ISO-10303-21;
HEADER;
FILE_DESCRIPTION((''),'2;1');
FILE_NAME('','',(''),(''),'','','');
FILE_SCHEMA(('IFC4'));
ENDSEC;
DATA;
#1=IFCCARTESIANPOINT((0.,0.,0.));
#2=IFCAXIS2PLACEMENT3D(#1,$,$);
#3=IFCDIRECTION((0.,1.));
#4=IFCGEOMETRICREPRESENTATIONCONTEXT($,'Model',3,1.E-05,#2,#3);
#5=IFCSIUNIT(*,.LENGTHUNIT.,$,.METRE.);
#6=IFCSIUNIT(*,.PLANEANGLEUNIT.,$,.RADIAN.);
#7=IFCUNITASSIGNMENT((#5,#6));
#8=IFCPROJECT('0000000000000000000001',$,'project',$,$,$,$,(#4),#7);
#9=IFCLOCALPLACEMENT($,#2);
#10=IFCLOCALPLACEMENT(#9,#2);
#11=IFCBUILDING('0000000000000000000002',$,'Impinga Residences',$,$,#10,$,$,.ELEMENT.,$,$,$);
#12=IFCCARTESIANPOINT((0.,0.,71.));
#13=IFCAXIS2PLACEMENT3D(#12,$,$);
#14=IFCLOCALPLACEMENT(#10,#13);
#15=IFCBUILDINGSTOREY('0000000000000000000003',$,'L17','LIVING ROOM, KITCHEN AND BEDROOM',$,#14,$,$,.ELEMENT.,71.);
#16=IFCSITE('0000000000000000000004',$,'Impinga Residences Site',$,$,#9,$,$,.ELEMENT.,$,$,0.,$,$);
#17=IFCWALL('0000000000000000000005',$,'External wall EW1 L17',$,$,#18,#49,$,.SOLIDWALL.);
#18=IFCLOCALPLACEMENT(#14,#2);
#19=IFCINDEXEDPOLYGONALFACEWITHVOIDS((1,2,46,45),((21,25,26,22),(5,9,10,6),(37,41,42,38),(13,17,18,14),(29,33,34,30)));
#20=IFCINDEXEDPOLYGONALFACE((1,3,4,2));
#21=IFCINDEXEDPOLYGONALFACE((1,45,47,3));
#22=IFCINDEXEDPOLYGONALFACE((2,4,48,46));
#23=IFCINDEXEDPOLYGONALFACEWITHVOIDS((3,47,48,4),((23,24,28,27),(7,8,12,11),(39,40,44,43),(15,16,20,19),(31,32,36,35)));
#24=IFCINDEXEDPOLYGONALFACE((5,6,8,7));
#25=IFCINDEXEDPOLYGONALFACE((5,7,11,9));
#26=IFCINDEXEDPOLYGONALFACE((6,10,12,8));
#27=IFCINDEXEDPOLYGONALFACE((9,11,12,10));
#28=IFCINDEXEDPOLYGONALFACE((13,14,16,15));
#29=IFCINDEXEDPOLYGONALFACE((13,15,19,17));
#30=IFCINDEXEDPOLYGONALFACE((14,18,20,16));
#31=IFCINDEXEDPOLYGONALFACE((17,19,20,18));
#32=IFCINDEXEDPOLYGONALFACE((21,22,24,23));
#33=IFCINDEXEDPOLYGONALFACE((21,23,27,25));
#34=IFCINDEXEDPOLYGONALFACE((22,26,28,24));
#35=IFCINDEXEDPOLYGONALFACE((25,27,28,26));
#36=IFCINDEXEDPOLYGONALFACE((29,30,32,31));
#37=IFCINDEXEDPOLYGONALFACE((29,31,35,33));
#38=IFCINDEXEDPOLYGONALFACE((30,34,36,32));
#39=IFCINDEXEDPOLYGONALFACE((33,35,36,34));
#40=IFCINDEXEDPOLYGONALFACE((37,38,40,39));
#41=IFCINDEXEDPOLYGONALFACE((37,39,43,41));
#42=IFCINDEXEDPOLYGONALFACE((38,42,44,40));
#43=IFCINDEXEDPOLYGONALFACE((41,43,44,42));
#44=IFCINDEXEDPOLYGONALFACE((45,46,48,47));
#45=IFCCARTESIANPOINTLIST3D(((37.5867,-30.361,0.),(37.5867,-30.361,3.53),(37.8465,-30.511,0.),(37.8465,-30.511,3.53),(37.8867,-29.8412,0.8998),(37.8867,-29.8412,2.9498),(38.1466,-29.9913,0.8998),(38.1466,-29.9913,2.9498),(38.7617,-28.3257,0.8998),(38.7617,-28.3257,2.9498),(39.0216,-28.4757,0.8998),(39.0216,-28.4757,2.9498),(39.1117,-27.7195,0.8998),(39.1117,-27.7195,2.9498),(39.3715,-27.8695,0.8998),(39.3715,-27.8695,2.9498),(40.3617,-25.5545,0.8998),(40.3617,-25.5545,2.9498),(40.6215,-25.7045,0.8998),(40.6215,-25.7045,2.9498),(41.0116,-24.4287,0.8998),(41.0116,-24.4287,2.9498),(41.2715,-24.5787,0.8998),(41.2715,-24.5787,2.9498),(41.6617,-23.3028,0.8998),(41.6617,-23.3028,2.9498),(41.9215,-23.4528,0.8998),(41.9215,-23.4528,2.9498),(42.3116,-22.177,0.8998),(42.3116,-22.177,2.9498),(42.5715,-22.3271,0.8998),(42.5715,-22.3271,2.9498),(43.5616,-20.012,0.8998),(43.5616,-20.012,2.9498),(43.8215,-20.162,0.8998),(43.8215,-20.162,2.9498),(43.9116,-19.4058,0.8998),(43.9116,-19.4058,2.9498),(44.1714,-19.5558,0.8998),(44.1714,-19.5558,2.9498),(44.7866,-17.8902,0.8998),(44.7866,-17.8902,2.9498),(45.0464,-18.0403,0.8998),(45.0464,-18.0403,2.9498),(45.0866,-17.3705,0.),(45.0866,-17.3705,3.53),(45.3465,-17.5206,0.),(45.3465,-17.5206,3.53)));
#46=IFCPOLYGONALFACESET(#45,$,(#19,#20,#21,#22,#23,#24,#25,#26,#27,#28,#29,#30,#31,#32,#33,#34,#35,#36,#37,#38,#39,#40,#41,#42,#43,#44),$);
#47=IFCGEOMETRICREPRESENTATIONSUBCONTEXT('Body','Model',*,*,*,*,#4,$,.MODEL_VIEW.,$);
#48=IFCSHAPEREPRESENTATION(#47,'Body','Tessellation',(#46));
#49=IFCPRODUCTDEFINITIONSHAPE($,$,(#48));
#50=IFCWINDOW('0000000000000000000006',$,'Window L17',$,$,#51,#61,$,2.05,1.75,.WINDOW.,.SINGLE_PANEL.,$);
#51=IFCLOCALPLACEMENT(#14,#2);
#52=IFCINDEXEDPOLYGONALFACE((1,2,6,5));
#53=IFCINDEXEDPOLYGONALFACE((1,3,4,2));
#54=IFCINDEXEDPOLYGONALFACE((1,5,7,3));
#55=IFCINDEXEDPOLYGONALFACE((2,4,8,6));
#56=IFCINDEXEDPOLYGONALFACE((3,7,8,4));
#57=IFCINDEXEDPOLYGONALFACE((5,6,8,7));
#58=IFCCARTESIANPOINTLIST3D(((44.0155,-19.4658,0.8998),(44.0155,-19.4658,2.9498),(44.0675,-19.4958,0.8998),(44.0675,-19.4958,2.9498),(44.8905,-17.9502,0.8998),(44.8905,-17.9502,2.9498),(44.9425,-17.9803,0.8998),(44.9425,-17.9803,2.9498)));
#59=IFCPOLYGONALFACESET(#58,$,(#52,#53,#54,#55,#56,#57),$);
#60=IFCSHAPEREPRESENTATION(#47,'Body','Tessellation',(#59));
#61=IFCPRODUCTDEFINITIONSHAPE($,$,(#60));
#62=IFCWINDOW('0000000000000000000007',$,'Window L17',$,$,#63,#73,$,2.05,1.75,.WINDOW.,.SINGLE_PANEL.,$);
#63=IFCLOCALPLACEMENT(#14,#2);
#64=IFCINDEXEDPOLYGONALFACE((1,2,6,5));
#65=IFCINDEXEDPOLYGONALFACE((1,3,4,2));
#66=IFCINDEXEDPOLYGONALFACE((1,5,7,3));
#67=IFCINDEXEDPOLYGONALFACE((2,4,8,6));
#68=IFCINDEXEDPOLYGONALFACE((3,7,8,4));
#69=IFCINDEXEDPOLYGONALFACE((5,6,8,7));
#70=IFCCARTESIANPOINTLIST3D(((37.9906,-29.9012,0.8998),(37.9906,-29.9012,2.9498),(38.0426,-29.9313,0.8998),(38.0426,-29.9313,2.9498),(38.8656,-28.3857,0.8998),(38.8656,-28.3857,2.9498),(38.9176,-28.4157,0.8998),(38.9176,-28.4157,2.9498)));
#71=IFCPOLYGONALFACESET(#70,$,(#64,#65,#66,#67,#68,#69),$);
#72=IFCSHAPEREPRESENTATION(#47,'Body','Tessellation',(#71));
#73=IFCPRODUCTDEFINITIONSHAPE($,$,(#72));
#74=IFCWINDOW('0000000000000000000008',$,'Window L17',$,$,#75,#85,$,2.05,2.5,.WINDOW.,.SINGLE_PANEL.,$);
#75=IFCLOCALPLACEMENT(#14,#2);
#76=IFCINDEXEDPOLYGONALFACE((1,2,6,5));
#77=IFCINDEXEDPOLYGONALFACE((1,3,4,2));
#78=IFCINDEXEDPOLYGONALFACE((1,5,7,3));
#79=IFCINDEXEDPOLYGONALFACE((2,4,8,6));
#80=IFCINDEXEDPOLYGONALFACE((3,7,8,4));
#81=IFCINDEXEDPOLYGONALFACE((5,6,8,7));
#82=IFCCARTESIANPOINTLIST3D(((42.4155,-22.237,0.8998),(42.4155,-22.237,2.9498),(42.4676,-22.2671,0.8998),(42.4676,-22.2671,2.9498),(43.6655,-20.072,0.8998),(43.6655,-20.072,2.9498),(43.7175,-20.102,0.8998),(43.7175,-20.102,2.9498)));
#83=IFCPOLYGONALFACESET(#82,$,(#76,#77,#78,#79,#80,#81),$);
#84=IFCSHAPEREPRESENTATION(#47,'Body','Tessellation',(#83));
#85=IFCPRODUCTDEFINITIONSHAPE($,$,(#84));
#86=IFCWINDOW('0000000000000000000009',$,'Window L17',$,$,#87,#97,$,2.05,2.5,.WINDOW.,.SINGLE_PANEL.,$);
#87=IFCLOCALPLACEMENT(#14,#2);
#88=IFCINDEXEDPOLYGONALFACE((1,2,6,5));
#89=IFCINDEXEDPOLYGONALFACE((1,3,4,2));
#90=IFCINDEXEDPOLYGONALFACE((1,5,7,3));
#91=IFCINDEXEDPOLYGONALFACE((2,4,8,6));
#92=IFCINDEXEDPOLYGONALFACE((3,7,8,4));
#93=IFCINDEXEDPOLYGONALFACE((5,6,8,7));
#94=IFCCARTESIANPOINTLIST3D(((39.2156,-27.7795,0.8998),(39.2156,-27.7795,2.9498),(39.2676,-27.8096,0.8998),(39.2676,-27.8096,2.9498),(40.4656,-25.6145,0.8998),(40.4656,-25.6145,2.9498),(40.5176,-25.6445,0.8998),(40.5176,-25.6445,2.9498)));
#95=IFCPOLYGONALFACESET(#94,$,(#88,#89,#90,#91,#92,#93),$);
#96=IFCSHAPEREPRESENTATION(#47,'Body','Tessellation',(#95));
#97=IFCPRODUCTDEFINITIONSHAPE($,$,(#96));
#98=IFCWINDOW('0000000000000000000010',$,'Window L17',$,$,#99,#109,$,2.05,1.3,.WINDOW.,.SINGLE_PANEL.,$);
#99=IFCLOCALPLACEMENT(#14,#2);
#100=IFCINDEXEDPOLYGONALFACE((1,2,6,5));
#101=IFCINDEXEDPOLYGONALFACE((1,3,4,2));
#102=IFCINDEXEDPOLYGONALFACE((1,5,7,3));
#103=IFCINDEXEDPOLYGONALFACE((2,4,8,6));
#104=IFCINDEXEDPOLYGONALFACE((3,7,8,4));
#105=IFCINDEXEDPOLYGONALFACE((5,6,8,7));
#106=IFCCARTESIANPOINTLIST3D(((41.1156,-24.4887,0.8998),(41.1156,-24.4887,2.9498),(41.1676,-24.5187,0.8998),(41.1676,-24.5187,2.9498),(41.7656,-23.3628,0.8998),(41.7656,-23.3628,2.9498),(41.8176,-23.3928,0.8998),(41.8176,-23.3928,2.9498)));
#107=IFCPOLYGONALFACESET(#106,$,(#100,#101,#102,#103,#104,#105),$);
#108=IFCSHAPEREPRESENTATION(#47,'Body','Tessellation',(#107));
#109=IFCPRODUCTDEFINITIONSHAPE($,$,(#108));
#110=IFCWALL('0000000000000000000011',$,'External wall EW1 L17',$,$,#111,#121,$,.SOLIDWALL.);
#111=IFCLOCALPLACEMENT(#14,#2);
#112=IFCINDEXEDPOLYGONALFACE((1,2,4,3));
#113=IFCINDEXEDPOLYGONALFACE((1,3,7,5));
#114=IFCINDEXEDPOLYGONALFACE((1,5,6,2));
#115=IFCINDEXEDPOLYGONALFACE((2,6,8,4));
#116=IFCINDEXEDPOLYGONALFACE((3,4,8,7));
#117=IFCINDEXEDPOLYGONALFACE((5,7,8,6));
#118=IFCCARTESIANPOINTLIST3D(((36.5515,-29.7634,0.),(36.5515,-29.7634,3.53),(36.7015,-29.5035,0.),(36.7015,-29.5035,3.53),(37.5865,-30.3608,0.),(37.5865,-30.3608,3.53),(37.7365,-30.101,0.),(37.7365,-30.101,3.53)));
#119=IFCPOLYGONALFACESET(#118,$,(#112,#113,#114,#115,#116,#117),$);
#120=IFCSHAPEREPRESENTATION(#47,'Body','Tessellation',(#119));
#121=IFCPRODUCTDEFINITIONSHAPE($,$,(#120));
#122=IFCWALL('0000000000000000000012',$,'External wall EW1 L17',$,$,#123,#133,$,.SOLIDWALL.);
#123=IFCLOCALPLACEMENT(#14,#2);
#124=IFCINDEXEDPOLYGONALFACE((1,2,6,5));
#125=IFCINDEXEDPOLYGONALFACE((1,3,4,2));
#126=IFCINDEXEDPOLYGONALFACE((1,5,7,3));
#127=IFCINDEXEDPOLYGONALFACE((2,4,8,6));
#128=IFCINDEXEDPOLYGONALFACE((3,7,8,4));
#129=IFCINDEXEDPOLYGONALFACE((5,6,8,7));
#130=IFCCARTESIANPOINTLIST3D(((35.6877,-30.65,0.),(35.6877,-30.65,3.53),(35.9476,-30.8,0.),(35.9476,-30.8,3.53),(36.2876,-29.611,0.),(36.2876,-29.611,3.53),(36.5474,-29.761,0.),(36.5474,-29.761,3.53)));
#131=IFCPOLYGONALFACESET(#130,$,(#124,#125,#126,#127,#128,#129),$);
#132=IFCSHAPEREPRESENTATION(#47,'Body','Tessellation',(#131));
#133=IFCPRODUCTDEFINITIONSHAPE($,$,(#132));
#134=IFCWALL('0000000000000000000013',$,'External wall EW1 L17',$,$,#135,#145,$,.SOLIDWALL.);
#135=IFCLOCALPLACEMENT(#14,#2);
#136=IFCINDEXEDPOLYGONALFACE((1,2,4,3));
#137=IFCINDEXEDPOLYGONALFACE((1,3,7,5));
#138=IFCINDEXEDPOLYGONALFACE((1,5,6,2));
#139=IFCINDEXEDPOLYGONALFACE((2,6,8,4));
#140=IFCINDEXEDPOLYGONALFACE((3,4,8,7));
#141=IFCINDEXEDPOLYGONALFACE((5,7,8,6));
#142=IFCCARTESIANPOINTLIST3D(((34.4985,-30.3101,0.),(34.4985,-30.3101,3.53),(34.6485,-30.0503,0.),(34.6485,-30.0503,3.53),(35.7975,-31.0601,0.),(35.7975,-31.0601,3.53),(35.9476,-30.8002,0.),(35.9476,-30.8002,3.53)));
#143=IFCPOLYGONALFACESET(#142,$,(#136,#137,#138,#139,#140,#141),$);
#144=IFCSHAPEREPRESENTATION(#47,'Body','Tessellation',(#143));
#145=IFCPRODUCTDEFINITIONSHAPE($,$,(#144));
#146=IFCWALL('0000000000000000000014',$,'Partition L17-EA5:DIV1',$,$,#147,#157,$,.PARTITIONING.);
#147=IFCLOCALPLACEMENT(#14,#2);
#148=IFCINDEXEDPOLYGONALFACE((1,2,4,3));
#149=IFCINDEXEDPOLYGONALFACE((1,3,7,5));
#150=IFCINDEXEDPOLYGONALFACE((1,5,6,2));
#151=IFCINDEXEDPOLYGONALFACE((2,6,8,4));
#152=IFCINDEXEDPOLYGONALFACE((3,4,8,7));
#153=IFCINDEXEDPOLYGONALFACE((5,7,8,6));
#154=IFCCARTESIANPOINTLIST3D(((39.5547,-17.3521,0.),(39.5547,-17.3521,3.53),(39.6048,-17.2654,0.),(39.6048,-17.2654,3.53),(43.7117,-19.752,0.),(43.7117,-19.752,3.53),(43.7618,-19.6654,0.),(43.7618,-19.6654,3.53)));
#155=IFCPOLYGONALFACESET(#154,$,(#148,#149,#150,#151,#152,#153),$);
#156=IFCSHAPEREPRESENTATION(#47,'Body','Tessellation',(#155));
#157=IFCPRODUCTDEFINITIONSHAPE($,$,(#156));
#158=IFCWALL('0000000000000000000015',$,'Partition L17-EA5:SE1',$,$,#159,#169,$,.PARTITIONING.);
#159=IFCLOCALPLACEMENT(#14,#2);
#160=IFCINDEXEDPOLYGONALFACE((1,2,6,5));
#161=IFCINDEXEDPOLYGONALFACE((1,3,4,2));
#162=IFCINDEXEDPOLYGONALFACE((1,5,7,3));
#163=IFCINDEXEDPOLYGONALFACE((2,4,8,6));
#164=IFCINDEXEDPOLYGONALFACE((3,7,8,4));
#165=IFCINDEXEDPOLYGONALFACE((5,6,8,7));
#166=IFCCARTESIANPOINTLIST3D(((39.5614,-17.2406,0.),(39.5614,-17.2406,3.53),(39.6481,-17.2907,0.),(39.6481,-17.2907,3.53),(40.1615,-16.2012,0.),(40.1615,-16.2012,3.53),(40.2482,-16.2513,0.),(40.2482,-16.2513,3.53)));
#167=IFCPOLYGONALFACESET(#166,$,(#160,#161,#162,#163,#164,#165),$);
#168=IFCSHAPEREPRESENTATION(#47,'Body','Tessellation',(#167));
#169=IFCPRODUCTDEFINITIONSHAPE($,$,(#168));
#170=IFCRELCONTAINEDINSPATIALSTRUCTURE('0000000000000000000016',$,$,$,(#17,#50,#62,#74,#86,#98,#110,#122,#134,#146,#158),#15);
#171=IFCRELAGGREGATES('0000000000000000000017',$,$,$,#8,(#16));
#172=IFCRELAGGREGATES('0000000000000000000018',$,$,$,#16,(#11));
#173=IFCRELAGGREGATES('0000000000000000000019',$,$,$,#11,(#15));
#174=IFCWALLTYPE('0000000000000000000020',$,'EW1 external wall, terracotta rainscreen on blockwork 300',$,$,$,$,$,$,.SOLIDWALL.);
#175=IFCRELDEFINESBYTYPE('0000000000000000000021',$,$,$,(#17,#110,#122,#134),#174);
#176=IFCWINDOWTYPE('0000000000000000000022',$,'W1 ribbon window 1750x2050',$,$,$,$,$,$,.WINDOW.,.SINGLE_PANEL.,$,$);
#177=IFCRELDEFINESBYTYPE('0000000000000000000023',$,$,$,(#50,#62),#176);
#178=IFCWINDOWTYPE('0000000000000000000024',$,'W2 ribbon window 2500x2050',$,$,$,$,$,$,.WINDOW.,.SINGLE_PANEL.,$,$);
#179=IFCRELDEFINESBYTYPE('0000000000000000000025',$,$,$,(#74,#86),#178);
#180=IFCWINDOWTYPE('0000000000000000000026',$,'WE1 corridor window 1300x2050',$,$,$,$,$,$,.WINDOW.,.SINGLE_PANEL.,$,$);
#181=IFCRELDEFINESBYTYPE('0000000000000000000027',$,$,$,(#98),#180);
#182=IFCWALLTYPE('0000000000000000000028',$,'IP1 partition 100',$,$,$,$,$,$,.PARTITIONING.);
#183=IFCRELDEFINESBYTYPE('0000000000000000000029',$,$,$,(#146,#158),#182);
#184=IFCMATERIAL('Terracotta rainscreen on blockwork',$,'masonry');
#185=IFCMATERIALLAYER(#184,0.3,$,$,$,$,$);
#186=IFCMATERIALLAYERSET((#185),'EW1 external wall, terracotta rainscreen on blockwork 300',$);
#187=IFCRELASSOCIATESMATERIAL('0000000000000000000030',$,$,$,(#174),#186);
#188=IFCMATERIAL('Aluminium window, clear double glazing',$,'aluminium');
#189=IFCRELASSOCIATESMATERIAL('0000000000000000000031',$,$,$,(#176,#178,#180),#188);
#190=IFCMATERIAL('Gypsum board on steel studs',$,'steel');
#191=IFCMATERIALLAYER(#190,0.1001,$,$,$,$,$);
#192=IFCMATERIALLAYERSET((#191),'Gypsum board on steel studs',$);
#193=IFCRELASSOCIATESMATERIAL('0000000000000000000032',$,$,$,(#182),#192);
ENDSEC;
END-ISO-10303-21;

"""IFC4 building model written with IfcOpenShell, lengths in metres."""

from ifc_helpers import new_model, si_unit, direction, frame, frame_2d, origin, place, context, subcontext, project, spatial, rectangle, extrude, material, layer, layer_set, type_object, element, fill, save


model = new_model("IFC4")

# Units and contexts
model_context = context("Model", 3, precision=1e-05, world=origin(), true_north=direction((0.0, 1.0)))
body_context = subcontext(model_context, "Body", "Model", "MODEL_VIEW")
ifc_project = project(units=[si_unit("LENGTHUNIT", "METRE"), si_unit("PLANEANGLEUNIT", "RADIAN")], contexts=[model_context])

# Site, building, storey
site_placement = place(None, origin())
site = spatial("IfcSite", under=ifc_project, at=site_placement, Name="Impinga Residences Site", CompositionType="ELEMENT", RefElevation=0.0)
building_placement = place(site_placement, origin())
building = spatial("IfcBuilding", under=site, at=building_placement, Name="Impinga Residences", CompositionType="ELEMENT")
storey_placement = place(building_placement, frame((0.0, 0.0, 71.0)))
storey = spatial("IfcBuildingStorey", under=building, at=storey_placement, Name="L17", Description="LIVING ROOM, KITCHEN AND BEDROOM", CompositionType="ELEMENT", Elevation=71.0)

# Wall, openings, windows
ifc_material_1 = material(Name="Terracotta rainscreen on blockwork", Category="masonry")
ifc_layer_1 = layer(ifc_material_1, 0.3)
ifc_layer_set_1 = layer_set([ifc_layer_1], Name="EW1 external wall, terracotta rainscreen on blockwork 300")
wall_type_1 = type_object("IfcWallType", Name="EW1 external wall, terracotta rainscreen on blockwork 300", PredefinedType="SOLIDWALL", material=ifc_layer_set_1)
wall_1_placement = place(storey_placement, frame((45.2166, -17.4456, 0.0), z_axis=(0.0, 0.0, 1.0), x_axis=(-0.499997, -0.866027, 0.0)))
wall_1 = element("IfcWall", 1, at=wall_1_placement, inside=storey, type_object=wall_type_1, Name="External wall EW1 L17", PredefinedType="SOLIDWALL", context=body_context, shape_type="SweptSolid", body=[
    extrude(rectangle(XDim=15.0, YDim=0.3, at=frame_2d((7.5, 0.0))), origin(), (0.0, 0.0, 1.0), 3.53),
])
opening_1_placement = place(wall_1_placement, frame((0.6001, 0.0, 0.8999)))
opening_1 = element("IfcOpeningElement", 2, at=opening_1_placement, cuts=wall_1, PredefinedType="OPENING", context=body_context, shape_type="SweptSolid", body=[
    extrude(rectangle(XDim=1.75, YDim=2.05, at=frame_2d((0.875, 1.0249))), frame((0.0, 0.1599, 0.0), z_axis=(0.0, -1.0, 0.0), x_axis=(1.0, 0.0, 0.0)), (0.0, 0.0, 1.0), 0.3201),
])
opening_2_placement = place(wall_1_placement, frame((3.05, 0.0, 0.8999)))
opening_2 = element("IfcOpeningElement", 3, at=opening_2_placement, cuts=wall_1, PredefinedType="OPENING", context=body_context, shape_type="SweptSolid", body=[
    extrude(rectangle(XDim=2.5, YDim=2.05, at=frame_2d((1.25, 1.0249))), frame((0.0, 0.1599, 0.0), z_axis=(0.0, -1.0, 0.0), x_axis=(1.0, 0.0, 0.0)), (0.0, 0.0, 1.0), 0.3201),
])
opening_3_placement = place(wall_1_placement, frame((6.8501, 0.0, 0.8999)))
opening_3 = element("IfcOpeningElement", 4, at=opening_3_placement, cuts=wall_1, PredefinedType="OPENING", context=body_context, shape_type="SweptSolid", body=[
    extrude(rectangle(XDim=1.3, YDim=2.05, at=frame_2d((0.6499, 1.0249))), frame((0.0, 0.1599, 0.0), z_axis=(0.0, -1.0, 0.0), x_axis=(1.0, 0.0, 0.0)), (0.0, 0.0, 1.0), 0.3201),
])
opening_4_placement = place(wall_1_placement, frame((9.45, 0.0, 0.8999)))
opening_4 = element("IfcOpeningElement", 5, at=opening_4_placement, cuts=wall_1, PredefinedType="OPENING", context=body_context, shape_type="SweptSolid", body=[
    extrude(rectangle(XDim=2.5, YDim=2.05, at=frame_2d((1.25, 1.0249))), frame((0.0, 0.1599, 0.0), z_axis=(0.0, -1.0, 0.0), x_axis=(1.0, 0.0, 0.0)), (0.0, 0.0, 1.0), 0.3201),
])
opening_5_placement = place(wall_1_placement, frame((12.6499, 0.0, 0.8999)))
opening_5 = element("IfcOpeningElement", 6, at=opening_5_placement, cuts=wall_1, PredefinedType="OPENING", context=body_context, shape_type="SweptSolid", body=[
    extrude(rectangle(XDim=1.75, YDim=2.05, at=frame_2d((0.875, 1.0249))), frame((0.0, 0.1599, 0.0), z_axis=(0.0, -1.0, 0.0), x_axis=(1.0, 0.0, 0.0)), (0.0, 0.0, 1.0), 0.3201),
])
ifc_material_2 = material(Name="Aluminium window, clear double glazing", Category="aluminium")
window_type_1 = type_object("IfcWindowType", Name="W1 ribbon window 1750x2050", PartitioningType="SINGLE_PANEL", PredefinedType="WINDOW", material=ifc_material_2)
window_1_placement = place(opening_1_placement, origin())
window_1 = element("IfcWindow", 7, at=window_1_placement, inside=storey, type_object=window_type_1, Name="Window L17", OverallHeight=2.05, OverallWidth=1.75, PartitioningType="SINGLE_PANEL", PredefinedType="WINDOW", context=body_context, shape_type="SweptSolid", body=[
    extrude(rectangle(XDim=1.75, YDim=2.05, at=frame_2d((0.875, 1.0249))), frame((0.0, 0.03, 0.0), z_axis=(0.0, -1.0, 0.0), x_axis=(1.0, 0.0, 0.0)), (0.0, 0.0, 1.0), 0.0601),
])
fill(opening_1, window_1)
window_2_placement = place(opening_5_placement, origin())
window_2 = element("IfcWindow", 8, at=window_2_placement, inside=storey, type_object=window_type_1, Name="Window L17", OverallHeight=2.05, OverallWidth=1.75, PartitioningType="SINGLE_PANEL", PredefinedType="WINDOW", context=body_context, shape_type="SweptSolid", body=[
    extrude(rectangle(XDim=1.75, YDim=2.05, at=frame_2d((0.875, 1.0249))), frame((0.0, 0.03, 0.0), z_axis=(0.0, -1.0, 0.0), x_axis=(1.0, 0.0, 0.0)), (0.0, 0.0, 1.0), 0.0601),
])
fill(opening_5, window_2)
window_type_2 = type_object("IfcWindowType", Name="W2 ribbon window 2500x2050", PartitioningType="SINGLE_PANEL", PredefinedType="WINDOW", material=ifc_material_2)
window_3_placement = place(opening_2_placement, origin())
window_3 = element("IfcWindow", 9, at=window_3_placement, inside=storey, type_object=window_type_2, Name="Window L17", OverallHeight=2.05, OverallWidth=2.5, PartitioningType="SINGLE_PANEL", PredefinedType="WINDOW", context=body_context, shape_type="SweptSolid", body=[
    extrude(rectangle(XDim=2.5, YDim=2.05, at=frame_2d((1.25, 1.0249))), frame((0.0, 0.03, 0.0), z_axis=(0.0, -1.0, 0.0), x_axis=(1.0, 0.0, 0.0)), (0.0, 0.0, 1.0), 0.0601),
])
fill(opening_2, window_3)
window_4_placement = place(opening_4_placement, origin())
window_4 = element("IfcWindow", 10, at=window_4_placement, inside=storey, type_object=window_type_2, Name="Window L17", OverallHeight=2.05, OverallWidth=2.5, PartitioningType="SINGLE_PANEL", PredefinedType="WINDOW", context=body_context, shape_type="SweptSolid", body=[
    extrude(rectangle(XDim=2.5, YDim=2.05, at=frame_2d((1.25, 1.0249))), frame((0.0, 0.03, 0.0), z_axis=(0.0, -1.0, 0.0), x_axis=(1.0, 0.0, 0.0)), (0.0, 0.0, 1.0), 0.0601),
])
fill(opening_4, window_4)
window_type_3 = type_object("IfcWindowType", Name="WE1 corridor window 1300x2050", PartitioningType="SINGLE_PANEL", PredefinedType="WINDOW", material=ifc_material_2)
window_5_placement = place(opening_3_placement, origin())
window_5 = element("IfcWindow", 11, at=window_5_placement, inside=storey, type_object=window_type_3, Name="Window L17", OverallHeight=2.05, OverallWidth=1.3, PartitioningType="SINGLE_PANEL", PredefinedType="WINDOW", context=body_context, shape_type="SweptSolid", body=[
    extrude(rectangle(XDim=1.3, YDim=2.05, at=frame_2d((0.6499, 1.0249))), frame((0.0, 0.03, 0.0), z_axis=(0.0, -1.0, 0.0), x_axis=(1.0, 0.0, 0.0)), (0.0, 0.0, 1.0), 0.0601),
])
fill(opening_3, window_5)

# Walls
wall_2_placement = place(storey_placement, frame((37.6616, -30.231, 0.0), z_axis=(0.0, 0.0, 1.0), x_axis=(-0.86606, 0.499941, 0.0)))
element("IfcWall", 12, at=wall_2_placement, inside=storey, type_object=wall_type_1, Name="External wall EW1 L17", PredefinedType="SOLIDWALL", context=body_context, shape_type="SweptSolid", body=[
    extrude(rectangle(XDim=1.1951, YDim=0.3, at=frame_2d((0.5977, 0.0))), origin(), (0.0, 0.0, 1.0), 3.53),
])
wall_3_placement = place(storey_placement, frame((36.4175, -29.686, 0.0), z_axis=(0.0, 0.0, 1.0), x_axis=(-0.499969, -0.866043, 0.0)))
element("IfcWall", 13, at=wall_3_placement, inside=storey, type_object=wall_type_1, Name="External wall EW1 L17", PredefinedType="SOLIDWALL", context=body_context, shape_type="SweptSolid", body=[
    extrude(rectangle(XDim=1.1997, YDim=0.3, at=frame_2d((0.5999, 0.0))), origin(), (0.0, 0.0, 1.0), 3.53),
])
wall_4_placement = place(storey_placement, frame((35.8726, -30.9302, 0.0), z_axis=(0.0, 0.0, 1.0), x_axis=(-0.866031, 0.49999, 0.0)))
element("IfcWall", 14, at=wall_4_placement, inside=storey, type_object=wall_type_1, Name="External wall EW1 L17", PredefinedType="SOLIDWALL", context=body_context, shape_type="SweptSolid", body=[
    extrude(rectangle(XDim=1.5, YDim=0.3, at=frame_2d((0.75, 0.0))), origin(), (0.0, 0.0, 1.0), 3.53),
])
ifc_material_3 = material(Name="Gypsum board on steel studs", Category="steel")
ifc_layer_2 = layer(ifc_material_3, 0.1001)
ifc_layer_set_2 = layer_set([ifc_layer_2], Name="Gypsum board on steel studs")
wall_type_2 = type_object("IfcWallType", Name="IP1 partition 100", PredefinedType="PARTITIONING", material=ifc_layer_set_2)
wall_5_placement = place(storey_placement, frame((39.5798, -17.3088, 0.0), z_axis=(0.0, 0.0, 1.0), x_axis=(0.866037, -0.499979, 0.0)))
element("IfcWall", 15, at=wall_5_placement, inside=storey, type_object=wall_type_2, Name="Partition L17-EA5:DIV1", PredefinedType="PARTITIONING", context=body_context, shape_type="SweptSolid", body=[
    extrude(rectangle(XDim=4.8, YDim=0.1001, at=frame_2d((2.3999, 0.0))), origin(), (0.0, 0.0, 1.0), 3.53),
])
wall_6_placement = place(storey_placement, frame((39.6047, -17.2656, 0.0), z_axis=(0.0, 0.0, 1.0), x_axis=(0.500034, 0.866006, 0.0)))
element("IfcWall", 16, at=wall_6_placement, inside=storey, type_object=wall_type_2, Name="Partition L17-EA5:SE1", PredefinedType="PARTITIONING", context=body_context, shape_type="SweptSolid", body=[
    extrude(rectangle(XDim=1.2002, YDim=0.1001, at=frame_2d((0.6001, 0.0))), origin(), (0.0, 0.0, 1.0), 3.53),
])

save(model, "model.ifc")
